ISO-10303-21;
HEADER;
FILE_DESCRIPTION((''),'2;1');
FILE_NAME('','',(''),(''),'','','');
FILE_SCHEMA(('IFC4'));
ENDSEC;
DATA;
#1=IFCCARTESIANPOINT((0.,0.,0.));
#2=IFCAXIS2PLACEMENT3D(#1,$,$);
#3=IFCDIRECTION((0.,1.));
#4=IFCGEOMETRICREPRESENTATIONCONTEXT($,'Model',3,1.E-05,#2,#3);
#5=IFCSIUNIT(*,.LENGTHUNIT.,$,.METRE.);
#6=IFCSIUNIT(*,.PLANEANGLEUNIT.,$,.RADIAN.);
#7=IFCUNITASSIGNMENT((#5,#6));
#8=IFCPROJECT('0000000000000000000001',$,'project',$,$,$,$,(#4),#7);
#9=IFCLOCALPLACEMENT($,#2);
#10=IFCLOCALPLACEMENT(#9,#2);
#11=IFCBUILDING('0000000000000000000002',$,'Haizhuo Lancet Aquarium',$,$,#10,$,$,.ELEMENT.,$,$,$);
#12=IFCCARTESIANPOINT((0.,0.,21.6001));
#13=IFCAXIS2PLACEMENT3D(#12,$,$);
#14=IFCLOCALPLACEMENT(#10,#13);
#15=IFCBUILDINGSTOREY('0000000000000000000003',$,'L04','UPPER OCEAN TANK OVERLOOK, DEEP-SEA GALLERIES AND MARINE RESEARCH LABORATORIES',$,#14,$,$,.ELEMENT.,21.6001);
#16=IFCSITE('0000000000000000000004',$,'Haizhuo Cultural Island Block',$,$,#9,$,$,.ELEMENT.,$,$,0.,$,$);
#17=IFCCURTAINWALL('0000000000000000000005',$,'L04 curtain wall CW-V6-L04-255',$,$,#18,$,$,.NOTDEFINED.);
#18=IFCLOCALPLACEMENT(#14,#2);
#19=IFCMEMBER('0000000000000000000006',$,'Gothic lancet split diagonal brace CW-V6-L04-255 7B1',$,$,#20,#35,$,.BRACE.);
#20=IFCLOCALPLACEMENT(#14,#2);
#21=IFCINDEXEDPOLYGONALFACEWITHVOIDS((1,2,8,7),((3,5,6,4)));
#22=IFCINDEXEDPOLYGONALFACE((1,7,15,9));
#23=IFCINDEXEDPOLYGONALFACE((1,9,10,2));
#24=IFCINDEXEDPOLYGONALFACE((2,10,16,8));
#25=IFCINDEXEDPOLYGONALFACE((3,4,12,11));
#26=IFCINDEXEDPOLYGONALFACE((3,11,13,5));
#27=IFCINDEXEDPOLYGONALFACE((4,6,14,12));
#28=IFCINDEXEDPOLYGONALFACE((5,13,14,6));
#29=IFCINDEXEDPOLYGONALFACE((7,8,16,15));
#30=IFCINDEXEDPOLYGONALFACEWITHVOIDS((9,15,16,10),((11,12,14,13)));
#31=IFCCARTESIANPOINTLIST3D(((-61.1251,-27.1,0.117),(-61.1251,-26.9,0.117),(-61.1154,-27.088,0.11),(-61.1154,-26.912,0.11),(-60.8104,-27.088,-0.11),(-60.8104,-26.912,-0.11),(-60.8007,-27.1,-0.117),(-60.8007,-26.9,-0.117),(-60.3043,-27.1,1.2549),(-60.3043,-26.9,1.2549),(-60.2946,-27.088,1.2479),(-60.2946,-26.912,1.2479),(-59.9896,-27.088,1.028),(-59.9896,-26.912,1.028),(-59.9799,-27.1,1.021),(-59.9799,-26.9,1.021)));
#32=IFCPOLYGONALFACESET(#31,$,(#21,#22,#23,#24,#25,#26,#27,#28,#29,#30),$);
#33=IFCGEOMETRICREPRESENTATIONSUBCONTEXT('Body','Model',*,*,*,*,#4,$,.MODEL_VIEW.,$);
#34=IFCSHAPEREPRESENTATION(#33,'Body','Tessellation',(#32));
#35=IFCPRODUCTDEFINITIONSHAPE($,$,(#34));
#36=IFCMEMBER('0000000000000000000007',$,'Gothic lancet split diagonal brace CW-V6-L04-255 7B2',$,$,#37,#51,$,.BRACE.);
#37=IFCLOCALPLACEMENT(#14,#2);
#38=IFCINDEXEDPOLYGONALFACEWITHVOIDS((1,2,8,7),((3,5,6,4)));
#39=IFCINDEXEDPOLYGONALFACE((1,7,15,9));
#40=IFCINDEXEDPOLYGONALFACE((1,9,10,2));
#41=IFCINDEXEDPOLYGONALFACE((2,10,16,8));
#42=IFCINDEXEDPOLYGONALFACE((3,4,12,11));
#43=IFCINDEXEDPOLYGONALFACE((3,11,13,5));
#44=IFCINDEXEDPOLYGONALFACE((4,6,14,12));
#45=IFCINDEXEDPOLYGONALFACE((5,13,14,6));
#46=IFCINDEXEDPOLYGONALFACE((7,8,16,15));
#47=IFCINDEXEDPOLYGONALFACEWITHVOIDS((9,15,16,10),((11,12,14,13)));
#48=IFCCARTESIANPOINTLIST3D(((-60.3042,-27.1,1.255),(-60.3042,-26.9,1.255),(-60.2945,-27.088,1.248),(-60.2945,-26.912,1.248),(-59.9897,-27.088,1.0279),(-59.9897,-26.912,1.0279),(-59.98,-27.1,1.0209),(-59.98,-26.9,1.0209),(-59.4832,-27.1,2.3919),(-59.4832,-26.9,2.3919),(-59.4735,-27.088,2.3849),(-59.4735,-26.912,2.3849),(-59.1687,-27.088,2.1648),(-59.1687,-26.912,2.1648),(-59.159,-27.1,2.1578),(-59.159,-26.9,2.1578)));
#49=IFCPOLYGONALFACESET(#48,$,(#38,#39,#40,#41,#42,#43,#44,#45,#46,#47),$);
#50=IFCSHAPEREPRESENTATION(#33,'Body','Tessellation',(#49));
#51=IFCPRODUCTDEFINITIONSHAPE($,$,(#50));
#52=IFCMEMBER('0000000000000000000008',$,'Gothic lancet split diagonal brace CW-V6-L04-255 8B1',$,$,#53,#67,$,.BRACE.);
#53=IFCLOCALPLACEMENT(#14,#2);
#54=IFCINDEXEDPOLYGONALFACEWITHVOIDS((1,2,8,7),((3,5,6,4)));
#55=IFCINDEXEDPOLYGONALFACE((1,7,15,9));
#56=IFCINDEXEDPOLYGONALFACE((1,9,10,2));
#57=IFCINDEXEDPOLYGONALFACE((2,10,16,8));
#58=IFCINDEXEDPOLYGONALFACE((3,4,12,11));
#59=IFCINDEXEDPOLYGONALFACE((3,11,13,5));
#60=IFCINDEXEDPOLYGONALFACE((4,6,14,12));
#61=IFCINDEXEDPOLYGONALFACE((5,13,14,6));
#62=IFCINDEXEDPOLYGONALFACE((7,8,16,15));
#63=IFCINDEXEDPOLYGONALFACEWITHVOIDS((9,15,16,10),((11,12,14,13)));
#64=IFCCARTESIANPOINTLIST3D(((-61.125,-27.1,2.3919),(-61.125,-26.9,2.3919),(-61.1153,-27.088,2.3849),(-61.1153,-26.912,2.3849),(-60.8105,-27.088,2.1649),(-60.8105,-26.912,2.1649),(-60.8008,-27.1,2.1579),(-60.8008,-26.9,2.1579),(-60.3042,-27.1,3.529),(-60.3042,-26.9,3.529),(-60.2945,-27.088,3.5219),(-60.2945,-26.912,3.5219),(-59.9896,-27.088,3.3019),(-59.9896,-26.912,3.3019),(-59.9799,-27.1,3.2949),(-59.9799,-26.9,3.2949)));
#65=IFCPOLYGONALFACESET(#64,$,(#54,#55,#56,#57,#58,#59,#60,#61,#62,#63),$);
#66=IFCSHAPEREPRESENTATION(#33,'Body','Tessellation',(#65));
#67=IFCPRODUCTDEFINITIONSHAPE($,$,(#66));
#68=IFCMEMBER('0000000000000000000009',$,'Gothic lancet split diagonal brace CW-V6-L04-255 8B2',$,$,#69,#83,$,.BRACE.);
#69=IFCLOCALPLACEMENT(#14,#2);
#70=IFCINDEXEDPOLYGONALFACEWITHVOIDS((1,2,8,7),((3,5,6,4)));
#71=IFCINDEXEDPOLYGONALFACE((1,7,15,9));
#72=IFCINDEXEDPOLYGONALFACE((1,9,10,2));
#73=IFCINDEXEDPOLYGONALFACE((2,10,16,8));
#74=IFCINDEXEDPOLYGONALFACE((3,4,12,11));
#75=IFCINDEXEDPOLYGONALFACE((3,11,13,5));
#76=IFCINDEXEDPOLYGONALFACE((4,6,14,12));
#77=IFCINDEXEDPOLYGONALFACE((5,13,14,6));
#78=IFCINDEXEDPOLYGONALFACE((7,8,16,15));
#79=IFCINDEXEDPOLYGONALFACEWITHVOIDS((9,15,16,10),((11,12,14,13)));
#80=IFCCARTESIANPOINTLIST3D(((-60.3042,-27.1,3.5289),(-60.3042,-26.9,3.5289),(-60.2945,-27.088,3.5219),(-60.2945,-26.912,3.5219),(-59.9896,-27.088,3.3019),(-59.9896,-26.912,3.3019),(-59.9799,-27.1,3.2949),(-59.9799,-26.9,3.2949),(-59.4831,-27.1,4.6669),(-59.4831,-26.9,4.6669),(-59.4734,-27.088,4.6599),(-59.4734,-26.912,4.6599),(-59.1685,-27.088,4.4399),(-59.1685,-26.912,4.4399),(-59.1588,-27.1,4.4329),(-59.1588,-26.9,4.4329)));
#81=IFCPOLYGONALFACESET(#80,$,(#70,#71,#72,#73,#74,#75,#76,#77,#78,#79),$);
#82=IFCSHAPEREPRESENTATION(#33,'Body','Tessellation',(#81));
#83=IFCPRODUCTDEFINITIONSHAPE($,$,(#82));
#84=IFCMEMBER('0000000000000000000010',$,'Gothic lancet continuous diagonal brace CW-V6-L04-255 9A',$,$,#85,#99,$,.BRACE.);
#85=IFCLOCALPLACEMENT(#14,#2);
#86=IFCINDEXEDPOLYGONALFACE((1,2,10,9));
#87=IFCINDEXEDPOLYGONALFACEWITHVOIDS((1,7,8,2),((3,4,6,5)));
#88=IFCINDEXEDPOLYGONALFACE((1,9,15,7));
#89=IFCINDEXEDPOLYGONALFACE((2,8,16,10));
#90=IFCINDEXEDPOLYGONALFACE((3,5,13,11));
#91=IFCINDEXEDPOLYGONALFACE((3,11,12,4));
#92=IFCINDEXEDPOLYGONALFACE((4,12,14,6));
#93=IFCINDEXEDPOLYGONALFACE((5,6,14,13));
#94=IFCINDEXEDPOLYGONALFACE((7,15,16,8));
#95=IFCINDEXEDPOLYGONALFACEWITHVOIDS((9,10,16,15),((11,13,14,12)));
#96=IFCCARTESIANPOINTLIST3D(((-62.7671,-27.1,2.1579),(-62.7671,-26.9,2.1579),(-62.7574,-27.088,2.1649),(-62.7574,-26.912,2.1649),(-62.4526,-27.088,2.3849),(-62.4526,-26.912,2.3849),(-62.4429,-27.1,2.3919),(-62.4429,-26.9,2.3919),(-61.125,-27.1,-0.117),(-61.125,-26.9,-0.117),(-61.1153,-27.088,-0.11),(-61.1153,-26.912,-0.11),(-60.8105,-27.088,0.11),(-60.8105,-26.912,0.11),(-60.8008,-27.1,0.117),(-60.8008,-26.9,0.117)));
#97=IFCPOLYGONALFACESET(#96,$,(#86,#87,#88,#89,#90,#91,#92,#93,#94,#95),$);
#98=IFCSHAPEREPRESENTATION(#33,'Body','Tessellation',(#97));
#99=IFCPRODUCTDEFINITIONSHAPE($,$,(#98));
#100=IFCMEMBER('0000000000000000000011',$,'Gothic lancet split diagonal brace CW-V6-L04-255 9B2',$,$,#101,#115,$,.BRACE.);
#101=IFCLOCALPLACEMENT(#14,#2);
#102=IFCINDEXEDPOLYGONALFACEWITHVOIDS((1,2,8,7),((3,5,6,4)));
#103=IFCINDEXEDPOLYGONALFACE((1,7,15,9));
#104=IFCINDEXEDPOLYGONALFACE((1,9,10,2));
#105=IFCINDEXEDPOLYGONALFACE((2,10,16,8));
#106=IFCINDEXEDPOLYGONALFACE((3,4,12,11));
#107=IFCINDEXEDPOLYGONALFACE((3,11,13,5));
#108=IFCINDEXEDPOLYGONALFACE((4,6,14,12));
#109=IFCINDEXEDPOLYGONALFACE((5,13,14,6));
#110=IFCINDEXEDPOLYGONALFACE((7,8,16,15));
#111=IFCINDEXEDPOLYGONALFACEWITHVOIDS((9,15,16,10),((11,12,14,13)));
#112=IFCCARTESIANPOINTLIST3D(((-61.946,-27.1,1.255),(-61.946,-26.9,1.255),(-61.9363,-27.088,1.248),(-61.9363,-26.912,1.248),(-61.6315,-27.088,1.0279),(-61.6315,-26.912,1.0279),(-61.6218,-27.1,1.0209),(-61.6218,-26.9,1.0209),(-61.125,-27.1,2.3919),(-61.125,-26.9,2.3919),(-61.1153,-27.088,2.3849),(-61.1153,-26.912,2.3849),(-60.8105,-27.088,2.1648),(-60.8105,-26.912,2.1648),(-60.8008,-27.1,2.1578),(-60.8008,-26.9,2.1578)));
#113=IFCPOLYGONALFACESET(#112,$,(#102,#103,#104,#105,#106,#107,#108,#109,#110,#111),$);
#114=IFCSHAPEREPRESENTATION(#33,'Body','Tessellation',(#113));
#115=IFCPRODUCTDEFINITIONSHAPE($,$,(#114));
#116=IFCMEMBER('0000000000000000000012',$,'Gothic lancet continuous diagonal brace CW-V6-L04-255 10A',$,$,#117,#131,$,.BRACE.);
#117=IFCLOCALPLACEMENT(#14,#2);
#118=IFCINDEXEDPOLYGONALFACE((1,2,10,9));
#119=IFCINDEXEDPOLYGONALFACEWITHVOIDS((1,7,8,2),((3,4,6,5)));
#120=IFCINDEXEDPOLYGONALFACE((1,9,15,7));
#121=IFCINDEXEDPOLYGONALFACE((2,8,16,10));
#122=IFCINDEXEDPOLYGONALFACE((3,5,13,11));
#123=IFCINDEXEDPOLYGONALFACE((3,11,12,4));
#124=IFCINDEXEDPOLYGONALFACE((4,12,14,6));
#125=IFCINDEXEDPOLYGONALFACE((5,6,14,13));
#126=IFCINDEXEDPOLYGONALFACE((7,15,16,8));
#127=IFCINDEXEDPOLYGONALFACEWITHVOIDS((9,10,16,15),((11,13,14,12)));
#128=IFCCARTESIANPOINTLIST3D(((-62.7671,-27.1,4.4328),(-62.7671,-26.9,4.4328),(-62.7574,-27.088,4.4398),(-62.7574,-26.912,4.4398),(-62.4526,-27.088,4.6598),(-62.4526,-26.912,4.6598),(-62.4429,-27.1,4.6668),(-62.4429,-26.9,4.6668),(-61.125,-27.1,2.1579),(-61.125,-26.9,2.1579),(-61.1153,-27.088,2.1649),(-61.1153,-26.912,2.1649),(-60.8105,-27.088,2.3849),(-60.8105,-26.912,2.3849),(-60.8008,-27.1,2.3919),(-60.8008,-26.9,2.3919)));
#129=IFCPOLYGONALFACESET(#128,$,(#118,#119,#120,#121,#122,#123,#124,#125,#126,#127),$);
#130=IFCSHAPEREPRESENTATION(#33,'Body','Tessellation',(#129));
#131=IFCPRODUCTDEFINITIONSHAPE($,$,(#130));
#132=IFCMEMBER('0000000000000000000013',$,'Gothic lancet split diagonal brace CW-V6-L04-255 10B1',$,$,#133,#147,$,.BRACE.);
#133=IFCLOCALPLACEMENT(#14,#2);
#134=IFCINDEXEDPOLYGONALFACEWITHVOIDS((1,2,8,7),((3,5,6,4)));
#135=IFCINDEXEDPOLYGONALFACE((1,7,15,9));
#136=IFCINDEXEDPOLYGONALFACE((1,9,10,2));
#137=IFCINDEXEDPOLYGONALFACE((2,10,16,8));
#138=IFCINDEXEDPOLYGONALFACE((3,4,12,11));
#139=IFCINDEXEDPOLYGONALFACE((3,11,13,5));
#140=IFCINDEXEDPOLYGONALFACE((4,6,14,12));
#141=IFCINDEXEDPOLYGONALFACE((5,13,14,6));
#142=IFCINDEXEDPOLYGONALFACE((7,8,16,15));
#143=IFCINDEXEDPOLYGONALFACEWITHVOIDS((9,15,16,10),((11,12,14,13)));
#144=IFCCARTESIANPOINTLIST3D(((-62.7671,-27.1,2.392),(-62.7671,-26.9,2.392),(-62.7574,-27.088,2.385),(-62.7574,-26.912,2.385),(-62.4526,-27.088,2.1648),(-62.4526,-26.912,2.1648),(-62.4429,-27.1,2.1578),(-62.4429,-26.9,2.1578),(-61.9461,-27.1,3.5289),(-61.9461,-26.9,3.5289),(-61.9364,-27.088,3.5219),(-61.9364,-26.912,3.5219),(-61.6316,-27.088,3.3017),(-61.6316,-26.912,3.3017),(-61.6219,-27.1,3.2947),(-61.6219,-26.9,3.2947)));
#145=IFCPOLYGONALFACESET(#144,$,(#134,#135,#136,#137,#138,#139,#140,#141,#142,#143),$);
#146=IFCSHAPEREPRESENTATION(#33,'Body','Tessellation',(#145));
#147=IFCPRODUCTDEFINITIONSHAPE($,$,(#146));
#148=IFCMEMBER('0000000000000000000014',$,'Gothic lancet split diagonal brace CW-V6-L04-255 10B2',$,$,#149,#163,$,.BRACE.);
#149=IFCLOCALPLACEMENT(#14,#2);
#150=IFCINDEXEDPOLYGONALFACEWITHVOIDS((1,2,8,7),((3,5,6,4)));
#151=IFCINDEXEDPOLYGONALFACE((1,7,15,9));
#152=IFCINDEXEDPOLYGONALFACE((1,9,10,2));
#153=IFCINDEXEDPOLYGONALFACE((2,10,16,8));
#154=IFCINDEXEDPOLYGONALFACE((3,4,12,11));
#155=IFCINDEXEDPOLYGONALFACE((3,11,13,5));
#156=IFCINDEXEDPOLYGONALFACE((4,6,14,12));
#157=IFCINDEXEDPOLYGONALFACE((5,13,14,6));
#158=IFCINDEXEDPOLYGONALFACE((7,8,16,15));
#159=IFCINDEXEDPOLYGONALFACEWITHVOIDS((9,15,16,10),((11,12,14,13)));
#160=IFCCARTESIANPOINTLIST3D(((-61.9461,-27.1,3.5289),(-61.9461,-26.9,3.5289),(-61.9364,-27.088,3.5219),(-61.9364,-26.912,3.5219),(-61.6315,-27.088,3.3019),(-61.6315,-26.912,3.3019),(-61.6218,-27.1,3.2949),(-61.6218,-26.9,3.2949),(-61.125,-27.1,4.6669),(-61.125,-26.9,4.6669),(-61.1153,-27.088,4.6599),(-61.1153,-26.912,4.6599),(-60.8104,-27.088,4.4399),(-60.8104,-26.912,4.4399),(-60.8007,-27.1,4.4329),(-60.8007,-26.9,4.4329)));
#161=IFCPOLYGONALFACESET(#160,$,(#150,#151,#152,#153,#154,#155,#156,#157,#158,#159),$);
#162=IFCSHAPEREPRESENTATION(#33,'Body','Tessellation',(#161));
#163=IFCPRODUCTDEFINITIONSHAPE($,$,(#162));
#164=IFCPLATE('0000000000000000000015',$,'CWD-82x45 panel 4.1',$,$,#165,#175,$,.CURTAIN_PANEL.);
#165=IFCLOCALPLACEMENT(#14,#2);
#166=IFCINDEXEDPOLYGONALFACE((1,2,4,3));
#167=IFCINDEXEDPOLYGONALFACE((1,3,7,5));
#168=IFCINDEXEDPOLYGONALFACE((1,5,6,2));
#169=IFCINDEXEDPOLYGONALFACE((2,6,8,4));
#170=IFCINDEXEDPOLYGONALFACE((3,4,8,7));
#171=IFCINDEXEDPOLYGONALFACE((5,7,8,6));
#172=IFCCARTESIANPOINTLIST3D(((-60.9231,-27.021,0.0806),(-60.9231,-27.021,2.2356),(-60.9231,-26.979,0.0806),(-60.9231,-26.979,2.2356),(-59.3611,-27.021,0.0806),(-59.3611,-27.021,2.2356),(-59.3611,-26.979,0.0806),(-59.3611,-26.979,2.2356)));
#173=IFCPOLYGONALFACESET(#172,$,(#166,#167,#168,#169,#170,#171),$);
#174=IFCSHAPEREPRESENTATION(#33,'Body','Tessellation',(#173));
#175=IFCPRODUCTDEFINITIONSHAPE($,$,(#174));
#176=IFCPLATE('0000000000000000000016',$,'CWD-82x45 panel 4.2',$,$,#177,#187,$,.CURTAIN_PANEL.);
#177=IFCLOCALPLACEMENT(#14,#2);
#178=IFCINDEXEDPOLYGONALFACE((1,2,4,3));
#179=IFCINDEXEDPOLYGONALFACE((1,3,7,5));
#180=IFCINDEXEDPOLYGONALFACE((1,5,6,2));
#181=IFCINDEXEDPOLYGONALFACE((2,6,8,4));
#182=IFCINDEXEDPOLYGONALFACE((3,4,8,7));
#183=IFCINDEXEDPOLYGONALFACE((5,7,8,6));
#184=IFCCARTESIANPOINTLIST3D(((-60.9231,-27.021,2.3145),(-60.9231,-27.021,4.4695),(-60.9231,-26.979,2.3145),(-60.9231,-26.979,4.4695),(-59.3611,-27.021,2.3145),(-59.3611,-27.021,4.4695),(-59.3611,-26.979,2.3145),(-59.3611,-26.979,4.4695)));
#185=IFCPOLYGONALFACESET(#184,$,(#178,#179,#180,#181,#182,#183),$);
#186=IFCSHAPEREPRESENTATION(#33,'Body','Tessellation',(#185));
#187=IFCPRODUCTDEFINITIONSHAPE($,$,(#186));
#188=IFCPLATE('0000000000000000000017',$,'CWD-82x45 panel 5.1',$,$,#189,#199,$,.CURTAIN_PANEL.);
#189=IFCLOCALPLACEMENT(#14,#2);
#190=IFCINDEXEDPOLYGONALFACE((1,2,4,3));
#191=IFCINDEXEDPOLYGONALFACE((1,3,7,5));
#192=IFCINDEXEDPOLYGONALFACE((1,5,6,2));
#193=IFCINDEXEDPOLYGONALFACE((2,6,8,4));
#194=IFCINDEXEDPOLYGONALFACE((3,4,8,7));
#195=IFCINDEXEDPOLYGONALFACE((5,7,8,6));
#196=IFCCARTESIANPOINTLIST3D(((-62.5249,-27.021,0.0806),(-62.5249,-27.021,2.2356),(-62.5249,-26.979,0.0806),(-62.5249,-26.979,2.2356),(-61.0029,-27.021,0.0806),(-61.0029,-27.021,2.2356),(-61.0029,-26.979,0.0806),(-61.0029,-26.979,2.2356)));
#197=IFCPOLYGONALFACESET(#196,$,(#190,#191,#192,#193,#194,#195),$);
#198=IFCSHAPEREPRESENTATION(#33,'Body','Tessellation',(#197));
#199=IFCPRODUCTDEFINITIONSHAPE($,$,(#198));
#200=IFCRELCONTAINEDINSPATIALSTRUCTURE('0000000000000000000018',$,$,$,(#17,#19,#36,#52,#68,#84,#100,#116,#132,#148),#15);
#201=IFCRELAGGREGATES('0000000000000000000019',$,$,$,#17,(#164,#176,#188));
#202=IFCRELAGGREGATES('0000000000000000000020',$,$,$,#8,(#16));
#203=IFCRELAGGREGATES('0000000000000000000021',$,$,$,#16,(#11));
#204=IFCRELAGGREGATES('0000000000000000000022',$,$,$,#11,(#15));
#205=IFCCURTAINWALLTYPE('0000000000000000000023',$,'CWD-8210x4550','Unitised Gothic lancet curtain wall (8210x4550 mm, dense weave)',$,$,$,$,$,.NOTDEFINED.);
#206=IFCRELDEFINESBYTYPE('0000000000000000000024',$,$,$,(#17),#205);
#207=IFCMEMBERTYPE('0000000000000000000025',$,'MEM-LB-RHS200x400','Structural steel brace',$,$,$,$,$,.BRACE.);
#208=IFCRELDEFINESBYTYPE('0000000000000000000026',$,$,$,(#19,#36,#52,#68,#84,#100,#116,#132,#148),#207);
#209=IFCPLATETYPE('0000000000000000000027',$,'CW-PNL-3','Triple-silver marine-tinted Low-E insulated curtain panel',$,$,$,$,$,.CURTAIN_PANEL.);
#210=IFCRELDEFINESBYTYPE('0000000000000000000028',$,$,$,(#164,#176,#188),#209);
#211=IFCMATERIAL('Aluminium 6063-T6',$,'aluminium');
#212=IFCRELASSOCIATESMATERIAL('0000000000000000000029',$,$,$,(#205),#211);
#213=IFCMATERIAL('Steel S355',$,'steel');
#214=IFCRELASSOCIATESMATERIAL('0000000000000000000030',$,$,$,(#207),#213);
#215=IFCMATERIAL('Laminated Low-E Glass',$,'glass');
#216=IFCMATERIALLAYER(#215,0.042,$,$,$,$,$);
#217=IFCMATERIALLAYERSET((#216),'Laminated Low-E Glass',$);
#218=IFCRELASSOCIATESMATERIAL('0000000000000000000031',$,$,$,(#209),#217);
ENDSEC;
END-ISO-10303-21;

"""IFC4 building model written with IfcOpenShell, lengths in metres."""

from ifc_helpers import new_model, si_unit, direction, frame, origin, origin_2d, place, context, subcontext, project, spatial, rectangle, hollow_rectangle, extrude, material, layer, layer_set, material_profile, profile_set, type_object, element, aggregate, save


model = new_model("IFC4")

# Units and contexts
model_context = context("Model", 3, precision=1e-05, world=origin(), true_north=direction((0.0, 1.0)))
body_context = subcontext(model_context, "Body", "Model", "MODEL_VIEW")
ifc_project = project(units=[si_unit("LENGTHUNIT", "METRE"), si_unit("PLANEANGLEUNIT", "RADIAN")], contexts=[model_context])

# Site, building, storey
site_placement = place(None, origin())
site = spatial("IfcSite", under=ifc_project, at=site_placement, Name="Haizhuo Cultural Island Block", CompositionType="ELEMENT", RefElevation=0.0)
building_placement = place(site_placement, origin())
building = spatial("IfcBuilding", under=site, at=building_placement, Name="Haizhuo Lancet Aquarium", CompositionType="ELEMENT")
storey_placement = place(building_placement, frame((0.0, 0.0, 21.6001)))
storey = spatial("IfcBuildingStorey", under=building, at=storey_placement, Name="L04", Description="UPPER OCEAN TANK OVERLOOK, DEEP-SEA GALLERIES AND MARINE RESEARCH LABORATORIES", CompositionType="ELEMENT", Elevation=21.6001)

# Curtain wall
ifc_material_1 = material(Name="Aluminium 6063-T6", Category="aluminium")
curtain_wall_type = type_object("IfcCurtainWallType", Name="CWD-8210x4550", Description="Unitised Gothic lancet curtain wall (8210x4550 mm, dense weave)", PredefinedType="NOTDEFINED", material=ifc_material_1)
curtain_wall_placement = place(storey_placement, origin())
curtain_wall = element("IfcCurtainWall", 1, at=curtain_wall_placement, inside=storey, type_object=curtain_wall_type, Name="L04 curtain wall CW-V6-L04-255", PredefinedType="NOTDEFINED")

# Members
ifc_material_2 = material(Name="Steel S355", Category="steel")
ifc_material_profile_1 = material_profile(ifc_material_2, hollow_rectangle(XDim=0.2, YDim=0.3999, WallThickness=0.012, at=origin_2d()), Name="RHS 200x400x12")
ifc_profile_set_1 = profile_set([ifc_material_profile_1], Name="Steel S355")
member_type_1 = type_object("IfcMemberType", Name="MEM-LB-RHS200x400", Description="Structural steel brace", PredefinedType="BRACE", material=ifc_profile_set_1)
member_1_placement = place(storey_placement, frame((-60.9629, -27.0, 0.0), z_axis=(0.585001, 0.0, 0.811032), x_axis=(0.0, 1.0, 0.0)))
element("IfcMember", 2, at=member_1_placement, inside=storey, type_object=member_type_1, Name="Gothic lancet split diagonal brace CW-V6-L04-255 7B1", PredefinedType="BRACE", context=body_context, shape_type="SweptSolid", body=[
    extrude(hollow_rectangle(XDim=0.2, YDim=0.3999, WallThickness=0.012, at=origin_2d()), origin(), (0.0, 0.0, 1.0), 1.4031),
])
for number, where, z_axis, x_axis, name in (
    (3, (-60.1421, -27.0, 1.1379), (0.585446, 0.0, 0.810711), (0.0, 1.0, 0.0), "Gothic lancet split diagonal brace CW-V6-L04-255 7B2"),
    (4, (-60.9629, -27.0, 2.2749), (0.585332, 0.0, 0.810794), (0.0, 1.0, 0.0), "Gothic lancet split diagonal brace CW-V6-L04-255 8B1"),
):
    element("IfcMember", number, at=place(storey_placement, frame(where, z_axis=z_axis, x_axis=x_axis)), inside=storey, type_object=member_type_1, Name=name, PredefinedType="BRACE", context=body_context, shape_type="SweptSolid", body=[
        extrude(hollow_rectangle(XDim=0.2, YDim=0.3999, WallThickness=0.012, at=origin_2d()), origin(), (0.0, 0.0, 1.0), 1.4023),
    ])
member_2_placement = place(storey_placement, frame((-60.1421, -27.0, 3.4119), z_axis=(0.585116, 0.0, 0.81095), x_axis=(0.0, 1.0, 0.0)))
element("IfcMember", 5, at=member_2_placement, inside=storey, type_object=member_type_1, Name="Gothic lancet split diagonal brace CW-V6-L04-255 8B2", PredefinedType="BRACE", context=body_context, shape_type="SweptSolid", body=[
    extrude(hollow_rectangle(XDim=0.2, YDim=0.3999, WallThickness=0.012, at=origin_2d()), origin(), (0.0, 0.0, 1.0), 1.4033),
])
member_3_placement = place(storey_placement, frame((-60.9629, -27.0, 0.0), z_axis=(-0.585281, 0.0, 0.810831), x_axis=(0.0, -1.0, 0.0)))
element("IfcMember", 6, at=member_3_placement, inside=storey, type_object=member_type_1, Name="Gothic lancet continuous diagonal brace CW-V6-L04-255 9A", PredefinedType="BRACE", context=body_context, shape_type="SweptSolid", body=[
    extrude(hollow_rectangle(XDim=0.2, YDim=0.3999, WallThickness=0.012, at=origin_2d()), origin(), (0.0, 0.0, 1.0), 2.8057),
])
member_4_placement = place(storey_placement, frame((-61.7839, -27.0, 1.1379), z_axis=(0.585446, 0.0, 0.810711), x_axis=(0.0, 1.0, 0.0)))
element("IfcMember", 7, at=member_4_placement, inside=storey, type_object=member_type_1, Name="Gothic lancet split diagonal brace CW-V6-L04-255 9B2", PredefinedType="BRACE", context=body_context, shape_type="SweptSolid", body=[
    extrude(hollow_rectangle(XDim=0.2, YDim=0.3999, WallThickness=0.012, at=origin_2d()), origin(), (0.0, 0.0, 1.0), 1.4023),
])
member_5_placement = place(storey_placement, frame((-60.9629, -27.0, 2.2749), z_axis=(-0.585281, 0.0, 0.810831), x_axis=(0.0, -1.0, 0.0)))
element("IfcMember", 8, at=member_5_placement, inside=storey, type_object=member_type_1, Name="Gothic lancet continuous diagonal brace CW-V6-L04-255 10A", PredefinedType="BRACE", context=body_context, shape_type="SweptSolid", body=[
    extrude(hollow_rectangle(XDim=0.2, YDim=0.3999, WallThickness=0.012, at=origin_2d()), origin(), (0.0, 0.0, 1.0), 2.8057),
])
member_6_placement = place(storey_placement, frame((-62.605, -27.0, 2.2749), z_axis=(0.585446, 0.0, 0.810711), x_axis=(0.0, 1.0, 0.0)))
element("IfcMember", 9, at=member_6_placement, inside=storey, type_object=member_type_1, Name="Gothic lancet split diagonal brace CW-V6-L04-255 10B1", PredefinedType="BRACE", context=body_context, shape_type="SweptSolid", body=[
    extrude(hollow_rectangle(XDim=0.2, YDim=0.3999, WallThickness=0.012, at=origin_2d()), origin(), (0.0, 0.0, 1.0), 1.4023),
])
member_7_placement = place(storey_placement, frame((-61.7839, -27.0, 3.4119), z_axis=(0.585116, 0.0, 0.81095), x_axis=(0.0, 1.0, 0.0)))
element("IfcMember", 10, at=member_7_placement, inside=storey, type_object=member_type_1, Name="Gothic lancet split diagonal brace CW-V6-L04-255 10B2", PredefinedType="BRACE", context=body_context, shape_type="SweptSolid", body=[
    extrude(hollow_rectangle(XDim=0.2, YDim=0.3999, WallThickness=0.012, at=origin_2d()), origin(), (0.0, 0.0, 1.0), 1.4033),
])

# Plates
ifc_material_3 = material(Name="Laminated Low-E Glass", Category="glass")
ifc_layer = layer(ifc_material_3, 0.042)
ifc_layer_set = layer_set([ifc_layer], Name="Laminated Low-E Glass")
plate_type = type_object("IfcPlateType", Name="CW-PNL-3", Description="Triple-silver marine-tinted Low-E insulated curtain panel", PredefinedType="CURTAIN_PANEL", material=ifc_layer_set)
plate_1_placement = place(storey_placement, frame((-60.1421, -27.0, 0.0806), z_axis=(0.0, 0.0, 1.0), x_axis=(-1.0, 0.0, 0.0)))
plate_1 = element("IfcPlate", 11, at=plate_1_placement, type_object=plate_type, Name="CWD-82x45 panel 4.1", PredefinedType="CURTAIN_PANEL", context=body_context, shape_type="SweptSolid", body=[
    extrude(rectangle(XDim=1.562, YDim=0.042, at=origin_2d()), origin(), (0.0, 0.0, 1.0), 2.155),
])
plate_2_placement = place(storey_placement, frame((-60.1421, -27.0, 2.3145), z_axis=(0.0, 0.0, 1.0), x_axis=(-1.0, 0.0, 0.0)))
plate_2 = element("IfcPlate", 12, at=plate_2_placement, type_object=plate_type, Name="CWD-82x45 panel 4.2", PredefinedType="CURTAIN_PANEL", context=body_context, shape_type="SweptSolid", body=[
    extrude(rectangle(XDim=1.562, YDim=0.042, at=origin_2d()), origin(), (0.0, 0.0, 1.0), 2.155),
])
plate_3_placement = place(storey_placement, frame((-61.7639, -27.0, 0.0806), z_axis=(0.0, 0.0, 1.0), x_axis=(-1.0, 0.0, 0.0)))
plate_3 = element("IfcPlate", 13, at=plate_3_placement, type_object=plate_type, Name="CWD-82x45 panel 5.1", PredefinedType="CURTAIN_PANEL", context=body_context, shape_type="SweptSolid", body=[
    extrude(rectangle(XDim=1.522, YDim=0.042, at=origin_2d()), origin(), (0.0, 0.0, 1.0), 2.155),
])
aggregate(curtain_wall, [plate_1, plate_2, plate_3])

save(model, "model.ifc")
